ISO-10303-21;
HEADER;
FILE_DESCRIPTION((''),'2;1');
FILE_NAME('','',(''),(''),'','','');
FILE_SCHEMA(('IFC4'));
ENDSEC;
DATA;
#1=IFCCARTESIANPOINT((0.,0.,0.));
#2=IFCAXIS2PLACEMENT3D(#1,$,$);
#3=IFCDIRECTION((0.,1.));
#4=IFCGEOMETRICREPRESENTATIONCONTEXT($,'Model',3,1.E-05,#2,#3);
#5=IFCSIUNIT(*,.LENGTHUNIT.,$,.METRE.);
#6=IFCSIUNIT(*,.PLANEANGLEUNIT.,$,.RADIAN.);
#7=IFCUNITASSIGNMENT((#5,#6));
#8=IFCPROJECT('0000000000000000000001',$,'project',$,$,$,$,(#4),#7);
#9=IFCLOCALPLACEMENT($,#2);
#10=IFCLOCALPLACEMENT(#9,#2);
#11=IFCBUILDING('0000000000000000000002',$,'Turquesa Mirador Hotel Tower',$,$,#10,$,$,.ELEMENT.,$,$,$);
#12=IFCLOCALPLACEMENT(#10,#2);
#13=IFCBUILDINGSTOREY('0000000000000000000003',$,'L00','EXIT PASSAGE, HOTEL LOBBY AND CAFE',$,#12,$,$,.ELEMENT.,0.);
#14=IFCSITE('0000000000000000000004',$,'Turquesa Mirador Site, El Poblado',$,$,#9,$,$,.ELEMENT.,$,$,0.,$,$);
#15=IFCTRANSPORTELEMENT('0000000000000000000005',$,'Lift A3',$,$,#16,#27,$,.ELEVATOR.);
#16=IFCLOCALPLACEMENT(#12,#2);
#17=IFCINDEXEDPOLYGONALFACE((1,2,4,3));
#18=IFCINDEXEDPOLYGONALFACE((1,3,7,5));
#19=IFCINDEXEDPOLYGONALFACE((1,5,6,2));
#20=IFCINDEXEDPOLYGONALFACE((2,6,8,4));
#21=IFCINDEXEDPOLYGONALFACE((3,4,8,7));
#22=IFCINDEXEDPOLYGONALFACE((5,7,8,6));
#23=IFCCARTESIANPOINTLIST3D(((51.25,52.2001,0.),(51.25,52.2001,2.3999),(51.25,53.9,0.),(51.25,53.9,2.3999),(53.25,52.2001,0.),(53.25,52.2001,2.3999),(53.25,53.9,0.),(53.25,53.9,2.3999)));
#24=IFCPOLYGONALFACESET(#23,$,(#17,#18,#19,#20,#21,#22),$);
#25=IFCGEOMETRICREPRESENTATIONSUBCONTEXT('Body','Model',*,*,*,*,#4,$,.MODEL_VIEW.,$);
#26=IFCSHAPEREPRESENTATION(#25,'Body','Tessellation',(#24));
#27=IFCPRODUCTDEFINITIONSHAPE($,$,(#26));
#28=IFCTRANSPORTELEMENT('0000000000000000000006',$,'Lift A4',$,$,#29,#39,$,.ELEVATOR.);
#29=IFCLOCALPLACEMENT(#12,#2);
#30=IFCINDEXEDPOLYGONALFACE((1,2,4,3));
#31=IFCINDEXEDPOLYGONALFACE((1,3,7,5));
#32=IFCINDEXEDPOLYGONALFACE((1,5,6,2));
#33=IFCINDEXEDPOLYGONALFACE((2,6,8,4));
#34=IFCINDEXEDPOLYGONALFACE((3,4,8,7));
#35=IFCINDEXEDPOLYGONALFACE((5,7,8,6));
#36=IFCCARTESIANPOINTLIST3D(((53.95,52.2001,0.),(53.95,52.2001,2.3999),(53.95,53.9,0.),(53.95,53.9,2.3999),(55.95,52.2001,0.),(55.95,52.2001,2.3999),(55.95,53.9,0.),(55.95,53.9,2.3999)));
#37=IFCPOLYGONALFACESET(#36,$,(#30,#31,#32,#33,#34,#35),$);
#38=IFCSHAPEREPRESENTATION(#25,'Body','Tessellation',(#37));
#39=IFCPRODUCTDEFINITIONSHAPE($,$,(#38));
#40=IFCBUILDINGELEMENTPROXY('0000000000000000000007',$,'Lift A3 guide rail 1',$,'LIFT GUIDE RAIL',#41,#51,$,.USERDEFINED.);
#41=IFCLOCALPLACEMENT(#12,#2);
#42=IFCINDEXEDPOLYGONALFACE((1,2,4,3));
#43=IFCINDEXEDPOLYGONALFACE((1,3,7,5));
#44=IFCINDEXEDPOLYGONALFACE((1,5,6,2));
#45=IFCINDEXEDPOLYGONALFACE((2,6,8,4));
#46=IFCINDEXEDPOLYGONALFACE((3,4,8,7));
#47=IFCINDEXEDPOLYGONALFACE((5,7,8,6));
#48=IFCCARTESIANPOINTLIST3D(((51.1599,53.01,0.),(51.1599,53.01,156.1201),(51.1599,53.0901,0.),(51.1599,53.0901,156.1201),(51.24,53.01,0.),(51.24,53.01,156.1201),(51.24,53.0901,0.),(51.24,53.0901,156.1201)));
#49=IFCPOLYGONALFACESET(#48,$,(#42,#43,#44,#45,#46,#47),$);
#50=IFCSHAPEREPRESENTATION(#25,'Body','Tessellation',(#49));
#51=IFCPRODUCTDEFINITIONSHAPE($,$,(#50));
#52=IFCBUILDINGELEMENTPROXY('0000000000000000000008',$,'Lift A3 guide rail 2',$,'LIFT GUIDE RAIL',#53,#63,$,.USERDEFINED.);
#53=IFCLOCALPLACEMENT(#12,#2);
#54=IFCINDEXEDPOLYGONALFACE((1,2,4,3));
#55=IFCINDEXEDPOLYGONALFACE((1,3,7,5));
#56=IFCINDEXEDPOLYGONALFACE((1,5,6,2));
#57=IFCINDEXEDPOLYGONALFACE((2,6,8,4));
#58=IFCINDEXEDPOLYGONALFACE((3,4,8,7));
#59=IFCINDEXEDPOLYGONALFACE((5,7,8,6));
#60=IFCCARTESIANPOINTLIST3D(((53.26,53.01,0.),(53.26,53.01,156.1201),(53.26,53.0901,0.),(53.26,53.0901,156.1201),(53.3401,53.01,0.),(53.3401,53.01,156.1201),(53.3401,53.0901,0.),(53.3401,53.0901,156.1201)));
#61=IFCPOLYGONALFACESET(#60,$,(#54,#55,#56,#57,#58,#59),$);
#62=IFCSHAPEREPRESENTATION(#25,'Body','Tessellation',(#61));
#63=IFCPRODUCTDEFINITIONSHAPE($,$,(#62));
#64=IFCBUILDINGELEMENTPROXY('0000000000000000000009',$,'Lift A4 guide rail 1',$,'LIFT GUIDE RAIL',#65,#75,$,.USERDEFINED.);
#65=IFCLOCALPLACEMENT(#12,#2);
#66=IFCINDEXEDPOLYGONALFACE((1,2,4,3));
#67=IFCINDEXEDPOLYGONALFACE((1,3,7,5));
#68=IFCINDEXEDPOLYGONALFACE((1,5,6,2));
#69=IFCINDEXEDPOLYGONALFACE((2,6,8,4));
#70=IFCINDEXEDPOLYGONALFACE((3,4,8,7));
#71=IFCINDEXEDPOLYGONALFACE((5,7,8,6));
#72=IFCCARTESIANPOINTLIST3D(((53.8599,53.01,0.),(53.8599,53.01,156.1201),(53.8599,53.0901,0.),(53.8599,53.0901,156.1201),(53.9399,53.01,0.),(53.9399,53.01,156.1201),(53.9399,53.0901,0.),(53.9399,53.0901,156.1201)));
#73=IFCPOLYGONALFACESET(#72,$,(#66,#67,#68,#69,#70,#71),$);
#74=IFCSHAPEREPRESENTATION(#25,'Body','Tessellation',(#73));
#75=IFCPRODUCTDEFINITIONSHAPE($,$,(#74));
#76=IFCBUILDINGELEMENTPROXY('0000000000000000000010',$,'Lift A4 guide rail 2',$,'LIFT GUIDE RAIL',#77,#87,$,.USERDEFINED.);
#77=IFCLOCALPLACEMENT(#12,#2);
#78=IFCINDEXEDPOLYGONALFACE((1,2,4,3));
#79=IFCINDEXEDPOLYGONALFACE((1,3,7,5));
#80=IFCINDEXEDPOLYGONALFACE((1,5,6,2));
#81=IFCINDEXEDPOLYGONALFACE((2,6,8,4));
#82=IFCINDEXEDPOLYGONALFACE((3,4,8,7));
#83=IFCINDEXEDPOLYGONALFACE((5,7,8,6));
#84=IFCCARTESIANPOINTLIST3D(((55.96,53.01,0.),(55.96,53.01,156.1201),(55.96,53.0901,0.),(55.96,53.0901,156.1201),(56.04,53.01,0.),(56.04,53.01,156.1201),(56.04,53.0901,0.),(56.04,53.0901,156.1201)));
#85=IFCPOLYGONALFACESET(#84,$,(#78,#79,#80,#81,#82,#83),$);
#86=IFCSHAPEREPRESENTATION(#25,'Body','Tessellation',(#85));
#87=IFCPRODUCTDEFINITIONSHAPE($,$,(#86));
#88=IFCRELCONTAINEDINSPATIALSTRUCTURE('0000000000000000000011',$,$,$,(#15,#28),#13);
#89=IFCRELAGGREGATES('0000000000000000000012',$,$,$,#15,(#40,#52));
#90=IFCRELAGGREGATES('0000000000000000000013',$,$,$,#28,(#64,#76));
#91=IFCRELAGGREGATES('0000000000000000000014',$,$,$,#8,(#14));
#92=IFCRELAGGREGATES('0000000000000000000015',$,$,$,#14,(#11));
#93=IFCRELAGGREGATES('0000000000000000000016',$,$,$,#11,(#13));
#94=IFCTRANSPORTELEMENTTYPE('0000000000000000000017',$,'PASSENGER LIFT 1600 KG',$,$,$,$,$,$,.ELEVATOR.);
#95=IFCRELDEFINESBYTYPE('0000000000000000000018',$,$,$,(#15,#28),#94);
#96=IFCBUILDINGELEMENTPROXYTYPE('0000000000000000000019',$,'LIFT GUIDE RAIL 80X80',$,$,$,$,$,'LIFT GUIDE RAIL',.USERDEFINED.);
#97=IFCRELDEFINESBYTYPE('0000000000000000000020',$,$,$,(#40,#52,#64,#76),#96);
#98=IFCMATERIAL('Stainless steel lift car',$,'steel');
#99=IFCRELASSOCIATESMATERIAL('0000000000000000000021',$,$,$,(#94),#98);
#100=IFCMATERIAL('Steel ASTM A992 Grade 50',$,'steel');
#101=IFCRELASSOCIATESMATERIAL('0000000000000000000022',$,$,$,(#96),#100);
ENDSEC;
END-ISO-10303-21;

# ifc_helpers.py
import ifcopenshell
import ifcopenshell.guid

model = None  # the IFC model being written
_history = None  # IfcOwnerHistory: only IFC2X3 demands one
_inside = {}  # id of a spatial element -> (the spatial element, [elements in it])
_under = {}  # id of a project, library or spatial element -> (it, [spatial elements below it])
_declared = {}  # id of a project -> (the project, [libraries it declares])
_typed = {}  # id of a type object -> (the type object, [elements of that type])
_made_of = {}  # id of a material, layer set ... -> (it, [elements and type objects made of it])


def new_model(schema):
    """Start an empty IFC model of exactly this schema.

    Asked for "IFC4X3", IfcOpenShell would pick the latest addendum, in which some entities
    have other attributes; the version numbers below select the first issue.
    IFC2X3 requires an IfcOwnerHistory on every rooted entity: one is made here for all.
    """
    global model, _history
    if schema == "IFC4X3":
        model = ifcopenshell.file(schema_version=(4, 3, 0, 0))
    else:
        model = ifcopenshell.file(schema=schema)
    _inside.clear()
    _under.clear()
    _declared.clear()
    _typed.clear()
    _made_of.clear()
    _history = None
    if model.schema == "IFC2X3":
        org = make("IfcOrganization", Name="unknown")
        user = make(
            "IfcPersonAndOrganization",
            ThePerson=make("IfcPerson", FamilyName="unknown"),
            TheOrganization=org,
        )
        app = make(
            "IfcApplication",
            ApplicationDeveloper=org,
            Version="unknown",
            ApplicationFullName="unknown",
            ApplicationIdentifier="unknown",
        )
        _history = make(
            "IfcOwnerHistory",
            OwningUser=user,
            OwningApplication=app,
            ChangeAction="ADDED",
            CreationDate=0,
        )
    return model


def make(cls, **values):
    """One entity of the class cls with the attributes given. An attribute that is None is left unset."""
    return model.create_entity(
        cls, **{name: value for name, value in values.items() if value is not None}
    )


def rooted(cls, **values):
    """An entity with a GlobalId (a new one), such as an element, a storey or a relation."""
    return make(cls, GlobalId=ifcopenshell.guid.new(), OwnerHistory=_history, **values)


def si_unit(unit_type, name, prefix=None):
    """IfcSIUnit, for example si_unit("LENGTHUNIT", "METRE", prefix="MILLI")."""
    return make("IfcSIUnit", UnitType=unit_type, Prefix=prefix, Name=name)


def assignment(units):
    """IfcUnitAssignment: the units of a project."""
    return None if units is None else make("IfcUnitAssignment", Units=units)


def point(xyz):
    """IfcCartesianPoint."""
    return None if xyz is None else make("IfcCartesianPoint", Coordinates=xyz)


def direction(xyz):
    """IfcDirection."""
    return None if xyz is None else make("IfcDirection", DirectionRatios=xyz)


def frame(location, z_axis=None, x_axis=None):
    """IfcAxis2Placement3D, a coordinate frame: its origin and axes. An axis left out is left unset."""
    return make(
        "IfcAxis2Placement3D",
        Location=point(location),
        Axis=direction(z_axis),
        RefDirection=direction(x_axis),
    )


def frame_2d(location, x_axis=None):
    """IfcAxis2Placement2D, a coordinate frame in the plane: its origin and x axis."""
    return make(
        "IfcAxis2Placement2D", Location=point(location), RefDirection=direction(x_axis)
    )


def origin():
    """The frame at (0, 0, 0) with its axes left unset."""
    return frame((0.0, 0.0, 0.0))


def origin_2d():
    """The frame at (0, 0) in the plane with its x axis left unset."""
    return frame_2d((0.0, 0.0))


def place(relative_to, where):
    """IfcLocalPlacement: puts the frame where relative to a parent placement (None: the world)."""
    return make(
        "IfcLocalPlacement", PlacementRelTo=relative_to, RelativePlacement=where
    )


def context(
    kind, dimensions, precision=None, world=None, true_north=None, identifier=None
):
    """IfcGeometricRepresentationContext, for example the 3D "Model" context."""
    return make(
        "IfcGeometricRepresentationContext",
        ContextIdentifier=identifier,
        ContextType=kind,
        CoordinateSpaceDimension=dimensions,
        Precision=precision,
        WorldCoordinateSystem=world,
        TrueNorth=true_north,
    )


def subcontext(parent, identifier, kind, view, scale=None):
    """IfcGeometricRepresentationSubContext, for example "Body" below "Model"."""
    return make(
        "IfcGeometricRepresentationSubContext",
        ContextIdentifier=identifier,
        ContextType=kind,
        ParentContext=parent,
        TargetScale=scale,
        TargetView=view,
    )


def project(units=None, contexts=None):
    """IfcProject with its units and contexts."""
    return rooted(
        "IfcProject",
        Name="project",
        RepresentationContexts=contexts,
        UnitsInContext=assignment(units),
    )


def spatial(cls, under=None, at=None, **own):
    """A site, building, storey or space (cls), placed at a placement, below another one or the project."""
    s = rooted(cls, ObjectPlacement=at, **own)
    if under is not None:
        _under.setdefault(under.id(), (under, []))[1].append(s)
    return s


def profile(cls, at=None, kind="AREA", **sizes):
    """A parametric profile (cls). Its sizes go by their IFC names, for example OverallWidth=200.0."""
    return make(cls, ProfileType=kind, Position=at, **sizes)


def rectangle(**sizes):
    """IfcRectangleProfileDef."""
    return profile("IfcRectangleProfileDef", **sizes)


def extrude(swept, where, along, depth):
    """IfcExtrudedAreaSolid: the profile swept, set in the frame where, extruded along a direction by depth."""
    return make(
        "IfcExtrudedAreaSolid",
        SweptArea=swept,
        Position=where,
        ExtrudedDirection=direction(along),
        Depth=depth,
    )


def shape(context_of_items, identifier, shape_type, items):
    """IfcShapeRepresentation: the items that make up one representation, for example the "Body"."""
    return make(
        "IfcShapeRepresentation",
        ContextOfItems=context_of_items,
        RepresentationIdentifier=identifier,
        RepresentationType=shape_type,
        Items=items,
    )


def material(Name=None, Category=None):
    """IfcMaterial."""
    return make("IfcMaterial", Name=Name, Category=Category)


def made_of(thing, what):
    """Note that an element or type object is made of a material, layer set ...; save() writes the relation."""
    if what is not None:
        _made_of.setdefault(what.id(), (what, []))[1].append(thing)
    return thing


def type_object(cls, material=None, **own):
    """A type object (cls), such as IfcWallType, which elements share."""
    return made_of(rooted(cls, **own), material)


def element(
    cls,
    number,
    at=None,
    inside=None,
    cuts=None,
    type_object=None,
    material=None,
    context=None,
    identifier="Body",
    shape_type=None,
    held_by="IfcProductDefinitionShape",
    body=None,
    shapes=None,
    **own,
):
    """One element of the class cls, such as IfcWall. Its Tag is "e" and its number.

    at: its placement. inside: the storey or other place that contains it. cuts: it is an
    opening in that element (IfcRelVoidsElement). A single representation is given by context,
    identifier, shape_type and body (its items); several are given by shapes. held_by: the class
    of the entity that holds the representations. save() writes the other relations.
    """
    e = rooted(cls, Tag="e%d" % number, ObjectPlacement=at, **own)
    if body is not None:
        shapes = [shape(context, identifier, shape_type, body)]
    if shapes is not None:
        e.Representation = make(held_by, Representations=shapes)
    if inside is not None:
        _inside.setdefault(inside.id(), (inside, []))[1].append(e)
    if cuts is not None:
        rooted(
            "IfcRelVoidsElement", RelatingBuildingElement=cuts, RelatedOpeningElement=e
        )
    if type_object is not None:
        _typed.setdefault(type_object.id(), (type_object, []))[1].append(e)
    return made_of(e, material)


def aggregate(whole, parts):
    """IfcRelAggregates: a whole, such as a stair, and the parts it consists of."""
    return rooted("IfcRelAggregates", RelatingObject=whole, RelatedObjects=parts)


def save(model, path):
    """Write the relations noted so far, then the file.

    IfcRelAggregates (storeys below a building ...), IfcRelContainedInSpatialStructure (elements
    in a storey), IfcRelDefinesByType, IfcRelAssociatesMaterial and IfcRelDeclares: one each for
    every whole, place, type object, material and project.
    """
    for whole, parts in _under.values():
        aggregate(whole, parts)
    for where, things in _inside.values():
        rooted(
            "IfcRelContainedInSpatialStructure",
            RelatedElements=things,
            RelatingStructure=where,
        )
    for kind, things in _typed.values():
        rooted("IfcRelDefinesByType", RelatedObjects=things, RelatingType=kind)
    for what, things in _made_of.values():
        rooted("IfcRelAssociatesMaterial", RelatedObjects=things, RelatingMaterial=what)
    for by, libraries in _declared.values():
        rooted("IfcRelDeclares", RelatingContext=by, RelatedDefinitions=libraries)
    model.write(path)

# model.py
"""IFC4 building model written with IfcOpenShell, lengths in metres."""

from ifc_helpers import new_model, si_unit, direction, frame, origin, origin_2d, place, context, subcontext, project, spatial, rectangle, extrude, material, type_object, element, aggregate, save


model = new_model("IFC4")

# Units and contexts
model_context = context("Model", 3, precision=1e-05, world=origin(), true_north=direction((0.0, 1.0)))
body_context = subcontext(model_context, "Body", "Model", "MODEL_VIEW")
ifc_project = project(units=[si_unit("LENGTHUNIT", "METRE"), si_unit("PLANEANGLEUNIT", "RADIAN")], contexts=[model_context])

# Site, building, storey
site_placement = place(None, origin())
site = spatial("IfcSite", under=ifc_project, at=site_placement, Name="Turquesa Mirador Site, El Poblado", CompositionType="ELEMENT", RefElevation=0.0)
building_placement = place(site_placement, origin())
building = spatial("IfcBuilding", under=site, at=building_placement, Name="Turquesa Mirador Hotel Tower", CompositionType="ELEMENT")
storey_placement = place(building_placement, origin())
storey = spatial("IfcBuildingStorey", under=building, at=storey_placement, Name="L00", Description="EXIT PASSAGE, HOTEL LOBBY AND CAFE", CompositionType="ELEMENT", Elevation=0.0)

# Transport elements
ifc_material_1 = material(Name="Stainless steel lift car", Category="steel")
transport_element_type = type_object("IfcTransportElementType", Name="PASSENGER LIFT 1600 KG", PredefinedType="ELEVATOR", material=ifc_material_1)
transport_element_1_placement = place(storey_placement, frame((52.25, 53.05, 0.0), z_axis=(0.0, 0.0, 1.0), x_axis=(1.0, 0.0, 0.0)))
transport_element_1 = element("IfcTransportElement", 1, at=transport_element_1_placement, inside=storey, type_object=transport_element_type, Name="Lift A3", PredefinedType="ELEVATOR", context=body_context, shape_type="SweptSolid", body=[
    extrude(rectangle(XDim=2.0, YDim=1.7, at=origin_2d()), origin(), (0.0, 0.0, 1.0), 2.3999),
])
transport_element_2_placement = place(storey_placement, frame((54.95, 53.05, 0.0), z_axis=(0.0, 0.0, 1.0), x_axis=(1.0, 0.0, 0.0)))
transport_element_2 = element("IfcTransportElement", 2, at=transport_element_2_placement, inside=storey, type_object=transport_element_type, Name="Lift A4", PredefinedType="ELEVATOR", context=body_context, shape_type="SweptSolid", body=[
    extrude(rectangle(XDim=2.0, YDim=1.7, at=origin_2d()), origin(), (0.0, 0.0, 1.0), 2.3999),
])

# Building element proxies
ifc_material_2 = material(Name="Steel ASTM A992 Grade 50", Category="steel")
building_element_proxy_type = type_object("IfcBuildingElementProxyType", Name="LIFT GUIDE RAIL 80X80", ElementType="LIFT GUIDE RAIL", PredefinedType="USERDEFINED", material=ifc_material_2)
proxy_1_placement = place(storey_placement, frame((51.2, 53.05, 0.0), z_axis=(0.0, 0.0, 1.0), x_axis=(1.0, 0.0, 0.0)))
proxy_1 = element("IfcBuildingElementProxy", 3, at=proxy_1_placement, type_object=building_element_proxy_type, Name="Lift A3 guide rail 1", ObjectType="LIFT GUIDE RAIL", PredefinedType="USERDEFINED", context=body_context, shape_type="SweptSolid", body=[
    extrude(rectangle(XDim=0.0801, YDim=0.0801, at=origin_2d()), origin(), (0.0, 0.0, 1.0), 156.1201),
])
proxy_2_placement = place(storey_placement, frame((53.3, 53.05, 0.0), z_axis=(0.0, 0.0, 1.0), x_axis=(1.0, 0.0, 0.0)))
proxy_2 = element("IfcBuildingElementProxy", 4, at=proxy_2_placement, type_object=building_element_proxy_type, Name="Lift A3 guide rail 2", ObjectType="LIFT GUIDE RAIL", PredefinedType="USERDEFINED", context=body_context, shape_type="SweptSolid", body=[
    extrude(rectangle(XDim=0.0801, YDim=0.0801, at=origin_2d()), origin(), (0.0, 0.0, 1.0), 156.1201),
])
aggregate(transport_element_1, [proxy_1, proxy_2])
proxy_3_placement = place(storey_placement, frame((53.8999, 53.05, 0.0), z_axis=(0.0, 0.0, 1.0), x_axis=(1.0, 0.0, 0.0)))
proxy_3 = element("IfcBuildingElementProxy", 5, at=proxy_3_placement, type_object=building_element_proxy_type, Name="Lift A4 guide rail 1", ObjectType="LIFT GUIDE RAIL", PredefinedType="USERDEFINED", context=body_context, shape_type="SweptSolid", body=[
    extrude(rectangle(XDim=0.0801, YDim=0.0801, at=origin_2d()), origin(), (0.0, 0.0, 1.0), 156.1201),
])
proxy_4_placement = place(storey_placement, frame((56.0, 53.05, 0.0), z_axis=(0.0, 0.0, 1.0), x_axis=(1.0, 0.0, 0.0)))
proxy_4 = element("IfcBuildingElementProxy", 6, at=proxy_4_placement, type_object=building_element_proxy_type, Name="Lift A4 guide rail 2", ObjectType="LIFT GUIDE RAIL", PredefinedType="USERDEFINED", context=body_context, shape_type="SweptSolid", body=[
    extrude(rectangle(XDim=0.0801, YDim=0.0801, at=origin_2d()), origin(), (0.0, 0.0, 1.0), 156.1201),
])
aggregate(transport_element_2, [proxy_3, proxy_4])

save(model, "model.ifc")
